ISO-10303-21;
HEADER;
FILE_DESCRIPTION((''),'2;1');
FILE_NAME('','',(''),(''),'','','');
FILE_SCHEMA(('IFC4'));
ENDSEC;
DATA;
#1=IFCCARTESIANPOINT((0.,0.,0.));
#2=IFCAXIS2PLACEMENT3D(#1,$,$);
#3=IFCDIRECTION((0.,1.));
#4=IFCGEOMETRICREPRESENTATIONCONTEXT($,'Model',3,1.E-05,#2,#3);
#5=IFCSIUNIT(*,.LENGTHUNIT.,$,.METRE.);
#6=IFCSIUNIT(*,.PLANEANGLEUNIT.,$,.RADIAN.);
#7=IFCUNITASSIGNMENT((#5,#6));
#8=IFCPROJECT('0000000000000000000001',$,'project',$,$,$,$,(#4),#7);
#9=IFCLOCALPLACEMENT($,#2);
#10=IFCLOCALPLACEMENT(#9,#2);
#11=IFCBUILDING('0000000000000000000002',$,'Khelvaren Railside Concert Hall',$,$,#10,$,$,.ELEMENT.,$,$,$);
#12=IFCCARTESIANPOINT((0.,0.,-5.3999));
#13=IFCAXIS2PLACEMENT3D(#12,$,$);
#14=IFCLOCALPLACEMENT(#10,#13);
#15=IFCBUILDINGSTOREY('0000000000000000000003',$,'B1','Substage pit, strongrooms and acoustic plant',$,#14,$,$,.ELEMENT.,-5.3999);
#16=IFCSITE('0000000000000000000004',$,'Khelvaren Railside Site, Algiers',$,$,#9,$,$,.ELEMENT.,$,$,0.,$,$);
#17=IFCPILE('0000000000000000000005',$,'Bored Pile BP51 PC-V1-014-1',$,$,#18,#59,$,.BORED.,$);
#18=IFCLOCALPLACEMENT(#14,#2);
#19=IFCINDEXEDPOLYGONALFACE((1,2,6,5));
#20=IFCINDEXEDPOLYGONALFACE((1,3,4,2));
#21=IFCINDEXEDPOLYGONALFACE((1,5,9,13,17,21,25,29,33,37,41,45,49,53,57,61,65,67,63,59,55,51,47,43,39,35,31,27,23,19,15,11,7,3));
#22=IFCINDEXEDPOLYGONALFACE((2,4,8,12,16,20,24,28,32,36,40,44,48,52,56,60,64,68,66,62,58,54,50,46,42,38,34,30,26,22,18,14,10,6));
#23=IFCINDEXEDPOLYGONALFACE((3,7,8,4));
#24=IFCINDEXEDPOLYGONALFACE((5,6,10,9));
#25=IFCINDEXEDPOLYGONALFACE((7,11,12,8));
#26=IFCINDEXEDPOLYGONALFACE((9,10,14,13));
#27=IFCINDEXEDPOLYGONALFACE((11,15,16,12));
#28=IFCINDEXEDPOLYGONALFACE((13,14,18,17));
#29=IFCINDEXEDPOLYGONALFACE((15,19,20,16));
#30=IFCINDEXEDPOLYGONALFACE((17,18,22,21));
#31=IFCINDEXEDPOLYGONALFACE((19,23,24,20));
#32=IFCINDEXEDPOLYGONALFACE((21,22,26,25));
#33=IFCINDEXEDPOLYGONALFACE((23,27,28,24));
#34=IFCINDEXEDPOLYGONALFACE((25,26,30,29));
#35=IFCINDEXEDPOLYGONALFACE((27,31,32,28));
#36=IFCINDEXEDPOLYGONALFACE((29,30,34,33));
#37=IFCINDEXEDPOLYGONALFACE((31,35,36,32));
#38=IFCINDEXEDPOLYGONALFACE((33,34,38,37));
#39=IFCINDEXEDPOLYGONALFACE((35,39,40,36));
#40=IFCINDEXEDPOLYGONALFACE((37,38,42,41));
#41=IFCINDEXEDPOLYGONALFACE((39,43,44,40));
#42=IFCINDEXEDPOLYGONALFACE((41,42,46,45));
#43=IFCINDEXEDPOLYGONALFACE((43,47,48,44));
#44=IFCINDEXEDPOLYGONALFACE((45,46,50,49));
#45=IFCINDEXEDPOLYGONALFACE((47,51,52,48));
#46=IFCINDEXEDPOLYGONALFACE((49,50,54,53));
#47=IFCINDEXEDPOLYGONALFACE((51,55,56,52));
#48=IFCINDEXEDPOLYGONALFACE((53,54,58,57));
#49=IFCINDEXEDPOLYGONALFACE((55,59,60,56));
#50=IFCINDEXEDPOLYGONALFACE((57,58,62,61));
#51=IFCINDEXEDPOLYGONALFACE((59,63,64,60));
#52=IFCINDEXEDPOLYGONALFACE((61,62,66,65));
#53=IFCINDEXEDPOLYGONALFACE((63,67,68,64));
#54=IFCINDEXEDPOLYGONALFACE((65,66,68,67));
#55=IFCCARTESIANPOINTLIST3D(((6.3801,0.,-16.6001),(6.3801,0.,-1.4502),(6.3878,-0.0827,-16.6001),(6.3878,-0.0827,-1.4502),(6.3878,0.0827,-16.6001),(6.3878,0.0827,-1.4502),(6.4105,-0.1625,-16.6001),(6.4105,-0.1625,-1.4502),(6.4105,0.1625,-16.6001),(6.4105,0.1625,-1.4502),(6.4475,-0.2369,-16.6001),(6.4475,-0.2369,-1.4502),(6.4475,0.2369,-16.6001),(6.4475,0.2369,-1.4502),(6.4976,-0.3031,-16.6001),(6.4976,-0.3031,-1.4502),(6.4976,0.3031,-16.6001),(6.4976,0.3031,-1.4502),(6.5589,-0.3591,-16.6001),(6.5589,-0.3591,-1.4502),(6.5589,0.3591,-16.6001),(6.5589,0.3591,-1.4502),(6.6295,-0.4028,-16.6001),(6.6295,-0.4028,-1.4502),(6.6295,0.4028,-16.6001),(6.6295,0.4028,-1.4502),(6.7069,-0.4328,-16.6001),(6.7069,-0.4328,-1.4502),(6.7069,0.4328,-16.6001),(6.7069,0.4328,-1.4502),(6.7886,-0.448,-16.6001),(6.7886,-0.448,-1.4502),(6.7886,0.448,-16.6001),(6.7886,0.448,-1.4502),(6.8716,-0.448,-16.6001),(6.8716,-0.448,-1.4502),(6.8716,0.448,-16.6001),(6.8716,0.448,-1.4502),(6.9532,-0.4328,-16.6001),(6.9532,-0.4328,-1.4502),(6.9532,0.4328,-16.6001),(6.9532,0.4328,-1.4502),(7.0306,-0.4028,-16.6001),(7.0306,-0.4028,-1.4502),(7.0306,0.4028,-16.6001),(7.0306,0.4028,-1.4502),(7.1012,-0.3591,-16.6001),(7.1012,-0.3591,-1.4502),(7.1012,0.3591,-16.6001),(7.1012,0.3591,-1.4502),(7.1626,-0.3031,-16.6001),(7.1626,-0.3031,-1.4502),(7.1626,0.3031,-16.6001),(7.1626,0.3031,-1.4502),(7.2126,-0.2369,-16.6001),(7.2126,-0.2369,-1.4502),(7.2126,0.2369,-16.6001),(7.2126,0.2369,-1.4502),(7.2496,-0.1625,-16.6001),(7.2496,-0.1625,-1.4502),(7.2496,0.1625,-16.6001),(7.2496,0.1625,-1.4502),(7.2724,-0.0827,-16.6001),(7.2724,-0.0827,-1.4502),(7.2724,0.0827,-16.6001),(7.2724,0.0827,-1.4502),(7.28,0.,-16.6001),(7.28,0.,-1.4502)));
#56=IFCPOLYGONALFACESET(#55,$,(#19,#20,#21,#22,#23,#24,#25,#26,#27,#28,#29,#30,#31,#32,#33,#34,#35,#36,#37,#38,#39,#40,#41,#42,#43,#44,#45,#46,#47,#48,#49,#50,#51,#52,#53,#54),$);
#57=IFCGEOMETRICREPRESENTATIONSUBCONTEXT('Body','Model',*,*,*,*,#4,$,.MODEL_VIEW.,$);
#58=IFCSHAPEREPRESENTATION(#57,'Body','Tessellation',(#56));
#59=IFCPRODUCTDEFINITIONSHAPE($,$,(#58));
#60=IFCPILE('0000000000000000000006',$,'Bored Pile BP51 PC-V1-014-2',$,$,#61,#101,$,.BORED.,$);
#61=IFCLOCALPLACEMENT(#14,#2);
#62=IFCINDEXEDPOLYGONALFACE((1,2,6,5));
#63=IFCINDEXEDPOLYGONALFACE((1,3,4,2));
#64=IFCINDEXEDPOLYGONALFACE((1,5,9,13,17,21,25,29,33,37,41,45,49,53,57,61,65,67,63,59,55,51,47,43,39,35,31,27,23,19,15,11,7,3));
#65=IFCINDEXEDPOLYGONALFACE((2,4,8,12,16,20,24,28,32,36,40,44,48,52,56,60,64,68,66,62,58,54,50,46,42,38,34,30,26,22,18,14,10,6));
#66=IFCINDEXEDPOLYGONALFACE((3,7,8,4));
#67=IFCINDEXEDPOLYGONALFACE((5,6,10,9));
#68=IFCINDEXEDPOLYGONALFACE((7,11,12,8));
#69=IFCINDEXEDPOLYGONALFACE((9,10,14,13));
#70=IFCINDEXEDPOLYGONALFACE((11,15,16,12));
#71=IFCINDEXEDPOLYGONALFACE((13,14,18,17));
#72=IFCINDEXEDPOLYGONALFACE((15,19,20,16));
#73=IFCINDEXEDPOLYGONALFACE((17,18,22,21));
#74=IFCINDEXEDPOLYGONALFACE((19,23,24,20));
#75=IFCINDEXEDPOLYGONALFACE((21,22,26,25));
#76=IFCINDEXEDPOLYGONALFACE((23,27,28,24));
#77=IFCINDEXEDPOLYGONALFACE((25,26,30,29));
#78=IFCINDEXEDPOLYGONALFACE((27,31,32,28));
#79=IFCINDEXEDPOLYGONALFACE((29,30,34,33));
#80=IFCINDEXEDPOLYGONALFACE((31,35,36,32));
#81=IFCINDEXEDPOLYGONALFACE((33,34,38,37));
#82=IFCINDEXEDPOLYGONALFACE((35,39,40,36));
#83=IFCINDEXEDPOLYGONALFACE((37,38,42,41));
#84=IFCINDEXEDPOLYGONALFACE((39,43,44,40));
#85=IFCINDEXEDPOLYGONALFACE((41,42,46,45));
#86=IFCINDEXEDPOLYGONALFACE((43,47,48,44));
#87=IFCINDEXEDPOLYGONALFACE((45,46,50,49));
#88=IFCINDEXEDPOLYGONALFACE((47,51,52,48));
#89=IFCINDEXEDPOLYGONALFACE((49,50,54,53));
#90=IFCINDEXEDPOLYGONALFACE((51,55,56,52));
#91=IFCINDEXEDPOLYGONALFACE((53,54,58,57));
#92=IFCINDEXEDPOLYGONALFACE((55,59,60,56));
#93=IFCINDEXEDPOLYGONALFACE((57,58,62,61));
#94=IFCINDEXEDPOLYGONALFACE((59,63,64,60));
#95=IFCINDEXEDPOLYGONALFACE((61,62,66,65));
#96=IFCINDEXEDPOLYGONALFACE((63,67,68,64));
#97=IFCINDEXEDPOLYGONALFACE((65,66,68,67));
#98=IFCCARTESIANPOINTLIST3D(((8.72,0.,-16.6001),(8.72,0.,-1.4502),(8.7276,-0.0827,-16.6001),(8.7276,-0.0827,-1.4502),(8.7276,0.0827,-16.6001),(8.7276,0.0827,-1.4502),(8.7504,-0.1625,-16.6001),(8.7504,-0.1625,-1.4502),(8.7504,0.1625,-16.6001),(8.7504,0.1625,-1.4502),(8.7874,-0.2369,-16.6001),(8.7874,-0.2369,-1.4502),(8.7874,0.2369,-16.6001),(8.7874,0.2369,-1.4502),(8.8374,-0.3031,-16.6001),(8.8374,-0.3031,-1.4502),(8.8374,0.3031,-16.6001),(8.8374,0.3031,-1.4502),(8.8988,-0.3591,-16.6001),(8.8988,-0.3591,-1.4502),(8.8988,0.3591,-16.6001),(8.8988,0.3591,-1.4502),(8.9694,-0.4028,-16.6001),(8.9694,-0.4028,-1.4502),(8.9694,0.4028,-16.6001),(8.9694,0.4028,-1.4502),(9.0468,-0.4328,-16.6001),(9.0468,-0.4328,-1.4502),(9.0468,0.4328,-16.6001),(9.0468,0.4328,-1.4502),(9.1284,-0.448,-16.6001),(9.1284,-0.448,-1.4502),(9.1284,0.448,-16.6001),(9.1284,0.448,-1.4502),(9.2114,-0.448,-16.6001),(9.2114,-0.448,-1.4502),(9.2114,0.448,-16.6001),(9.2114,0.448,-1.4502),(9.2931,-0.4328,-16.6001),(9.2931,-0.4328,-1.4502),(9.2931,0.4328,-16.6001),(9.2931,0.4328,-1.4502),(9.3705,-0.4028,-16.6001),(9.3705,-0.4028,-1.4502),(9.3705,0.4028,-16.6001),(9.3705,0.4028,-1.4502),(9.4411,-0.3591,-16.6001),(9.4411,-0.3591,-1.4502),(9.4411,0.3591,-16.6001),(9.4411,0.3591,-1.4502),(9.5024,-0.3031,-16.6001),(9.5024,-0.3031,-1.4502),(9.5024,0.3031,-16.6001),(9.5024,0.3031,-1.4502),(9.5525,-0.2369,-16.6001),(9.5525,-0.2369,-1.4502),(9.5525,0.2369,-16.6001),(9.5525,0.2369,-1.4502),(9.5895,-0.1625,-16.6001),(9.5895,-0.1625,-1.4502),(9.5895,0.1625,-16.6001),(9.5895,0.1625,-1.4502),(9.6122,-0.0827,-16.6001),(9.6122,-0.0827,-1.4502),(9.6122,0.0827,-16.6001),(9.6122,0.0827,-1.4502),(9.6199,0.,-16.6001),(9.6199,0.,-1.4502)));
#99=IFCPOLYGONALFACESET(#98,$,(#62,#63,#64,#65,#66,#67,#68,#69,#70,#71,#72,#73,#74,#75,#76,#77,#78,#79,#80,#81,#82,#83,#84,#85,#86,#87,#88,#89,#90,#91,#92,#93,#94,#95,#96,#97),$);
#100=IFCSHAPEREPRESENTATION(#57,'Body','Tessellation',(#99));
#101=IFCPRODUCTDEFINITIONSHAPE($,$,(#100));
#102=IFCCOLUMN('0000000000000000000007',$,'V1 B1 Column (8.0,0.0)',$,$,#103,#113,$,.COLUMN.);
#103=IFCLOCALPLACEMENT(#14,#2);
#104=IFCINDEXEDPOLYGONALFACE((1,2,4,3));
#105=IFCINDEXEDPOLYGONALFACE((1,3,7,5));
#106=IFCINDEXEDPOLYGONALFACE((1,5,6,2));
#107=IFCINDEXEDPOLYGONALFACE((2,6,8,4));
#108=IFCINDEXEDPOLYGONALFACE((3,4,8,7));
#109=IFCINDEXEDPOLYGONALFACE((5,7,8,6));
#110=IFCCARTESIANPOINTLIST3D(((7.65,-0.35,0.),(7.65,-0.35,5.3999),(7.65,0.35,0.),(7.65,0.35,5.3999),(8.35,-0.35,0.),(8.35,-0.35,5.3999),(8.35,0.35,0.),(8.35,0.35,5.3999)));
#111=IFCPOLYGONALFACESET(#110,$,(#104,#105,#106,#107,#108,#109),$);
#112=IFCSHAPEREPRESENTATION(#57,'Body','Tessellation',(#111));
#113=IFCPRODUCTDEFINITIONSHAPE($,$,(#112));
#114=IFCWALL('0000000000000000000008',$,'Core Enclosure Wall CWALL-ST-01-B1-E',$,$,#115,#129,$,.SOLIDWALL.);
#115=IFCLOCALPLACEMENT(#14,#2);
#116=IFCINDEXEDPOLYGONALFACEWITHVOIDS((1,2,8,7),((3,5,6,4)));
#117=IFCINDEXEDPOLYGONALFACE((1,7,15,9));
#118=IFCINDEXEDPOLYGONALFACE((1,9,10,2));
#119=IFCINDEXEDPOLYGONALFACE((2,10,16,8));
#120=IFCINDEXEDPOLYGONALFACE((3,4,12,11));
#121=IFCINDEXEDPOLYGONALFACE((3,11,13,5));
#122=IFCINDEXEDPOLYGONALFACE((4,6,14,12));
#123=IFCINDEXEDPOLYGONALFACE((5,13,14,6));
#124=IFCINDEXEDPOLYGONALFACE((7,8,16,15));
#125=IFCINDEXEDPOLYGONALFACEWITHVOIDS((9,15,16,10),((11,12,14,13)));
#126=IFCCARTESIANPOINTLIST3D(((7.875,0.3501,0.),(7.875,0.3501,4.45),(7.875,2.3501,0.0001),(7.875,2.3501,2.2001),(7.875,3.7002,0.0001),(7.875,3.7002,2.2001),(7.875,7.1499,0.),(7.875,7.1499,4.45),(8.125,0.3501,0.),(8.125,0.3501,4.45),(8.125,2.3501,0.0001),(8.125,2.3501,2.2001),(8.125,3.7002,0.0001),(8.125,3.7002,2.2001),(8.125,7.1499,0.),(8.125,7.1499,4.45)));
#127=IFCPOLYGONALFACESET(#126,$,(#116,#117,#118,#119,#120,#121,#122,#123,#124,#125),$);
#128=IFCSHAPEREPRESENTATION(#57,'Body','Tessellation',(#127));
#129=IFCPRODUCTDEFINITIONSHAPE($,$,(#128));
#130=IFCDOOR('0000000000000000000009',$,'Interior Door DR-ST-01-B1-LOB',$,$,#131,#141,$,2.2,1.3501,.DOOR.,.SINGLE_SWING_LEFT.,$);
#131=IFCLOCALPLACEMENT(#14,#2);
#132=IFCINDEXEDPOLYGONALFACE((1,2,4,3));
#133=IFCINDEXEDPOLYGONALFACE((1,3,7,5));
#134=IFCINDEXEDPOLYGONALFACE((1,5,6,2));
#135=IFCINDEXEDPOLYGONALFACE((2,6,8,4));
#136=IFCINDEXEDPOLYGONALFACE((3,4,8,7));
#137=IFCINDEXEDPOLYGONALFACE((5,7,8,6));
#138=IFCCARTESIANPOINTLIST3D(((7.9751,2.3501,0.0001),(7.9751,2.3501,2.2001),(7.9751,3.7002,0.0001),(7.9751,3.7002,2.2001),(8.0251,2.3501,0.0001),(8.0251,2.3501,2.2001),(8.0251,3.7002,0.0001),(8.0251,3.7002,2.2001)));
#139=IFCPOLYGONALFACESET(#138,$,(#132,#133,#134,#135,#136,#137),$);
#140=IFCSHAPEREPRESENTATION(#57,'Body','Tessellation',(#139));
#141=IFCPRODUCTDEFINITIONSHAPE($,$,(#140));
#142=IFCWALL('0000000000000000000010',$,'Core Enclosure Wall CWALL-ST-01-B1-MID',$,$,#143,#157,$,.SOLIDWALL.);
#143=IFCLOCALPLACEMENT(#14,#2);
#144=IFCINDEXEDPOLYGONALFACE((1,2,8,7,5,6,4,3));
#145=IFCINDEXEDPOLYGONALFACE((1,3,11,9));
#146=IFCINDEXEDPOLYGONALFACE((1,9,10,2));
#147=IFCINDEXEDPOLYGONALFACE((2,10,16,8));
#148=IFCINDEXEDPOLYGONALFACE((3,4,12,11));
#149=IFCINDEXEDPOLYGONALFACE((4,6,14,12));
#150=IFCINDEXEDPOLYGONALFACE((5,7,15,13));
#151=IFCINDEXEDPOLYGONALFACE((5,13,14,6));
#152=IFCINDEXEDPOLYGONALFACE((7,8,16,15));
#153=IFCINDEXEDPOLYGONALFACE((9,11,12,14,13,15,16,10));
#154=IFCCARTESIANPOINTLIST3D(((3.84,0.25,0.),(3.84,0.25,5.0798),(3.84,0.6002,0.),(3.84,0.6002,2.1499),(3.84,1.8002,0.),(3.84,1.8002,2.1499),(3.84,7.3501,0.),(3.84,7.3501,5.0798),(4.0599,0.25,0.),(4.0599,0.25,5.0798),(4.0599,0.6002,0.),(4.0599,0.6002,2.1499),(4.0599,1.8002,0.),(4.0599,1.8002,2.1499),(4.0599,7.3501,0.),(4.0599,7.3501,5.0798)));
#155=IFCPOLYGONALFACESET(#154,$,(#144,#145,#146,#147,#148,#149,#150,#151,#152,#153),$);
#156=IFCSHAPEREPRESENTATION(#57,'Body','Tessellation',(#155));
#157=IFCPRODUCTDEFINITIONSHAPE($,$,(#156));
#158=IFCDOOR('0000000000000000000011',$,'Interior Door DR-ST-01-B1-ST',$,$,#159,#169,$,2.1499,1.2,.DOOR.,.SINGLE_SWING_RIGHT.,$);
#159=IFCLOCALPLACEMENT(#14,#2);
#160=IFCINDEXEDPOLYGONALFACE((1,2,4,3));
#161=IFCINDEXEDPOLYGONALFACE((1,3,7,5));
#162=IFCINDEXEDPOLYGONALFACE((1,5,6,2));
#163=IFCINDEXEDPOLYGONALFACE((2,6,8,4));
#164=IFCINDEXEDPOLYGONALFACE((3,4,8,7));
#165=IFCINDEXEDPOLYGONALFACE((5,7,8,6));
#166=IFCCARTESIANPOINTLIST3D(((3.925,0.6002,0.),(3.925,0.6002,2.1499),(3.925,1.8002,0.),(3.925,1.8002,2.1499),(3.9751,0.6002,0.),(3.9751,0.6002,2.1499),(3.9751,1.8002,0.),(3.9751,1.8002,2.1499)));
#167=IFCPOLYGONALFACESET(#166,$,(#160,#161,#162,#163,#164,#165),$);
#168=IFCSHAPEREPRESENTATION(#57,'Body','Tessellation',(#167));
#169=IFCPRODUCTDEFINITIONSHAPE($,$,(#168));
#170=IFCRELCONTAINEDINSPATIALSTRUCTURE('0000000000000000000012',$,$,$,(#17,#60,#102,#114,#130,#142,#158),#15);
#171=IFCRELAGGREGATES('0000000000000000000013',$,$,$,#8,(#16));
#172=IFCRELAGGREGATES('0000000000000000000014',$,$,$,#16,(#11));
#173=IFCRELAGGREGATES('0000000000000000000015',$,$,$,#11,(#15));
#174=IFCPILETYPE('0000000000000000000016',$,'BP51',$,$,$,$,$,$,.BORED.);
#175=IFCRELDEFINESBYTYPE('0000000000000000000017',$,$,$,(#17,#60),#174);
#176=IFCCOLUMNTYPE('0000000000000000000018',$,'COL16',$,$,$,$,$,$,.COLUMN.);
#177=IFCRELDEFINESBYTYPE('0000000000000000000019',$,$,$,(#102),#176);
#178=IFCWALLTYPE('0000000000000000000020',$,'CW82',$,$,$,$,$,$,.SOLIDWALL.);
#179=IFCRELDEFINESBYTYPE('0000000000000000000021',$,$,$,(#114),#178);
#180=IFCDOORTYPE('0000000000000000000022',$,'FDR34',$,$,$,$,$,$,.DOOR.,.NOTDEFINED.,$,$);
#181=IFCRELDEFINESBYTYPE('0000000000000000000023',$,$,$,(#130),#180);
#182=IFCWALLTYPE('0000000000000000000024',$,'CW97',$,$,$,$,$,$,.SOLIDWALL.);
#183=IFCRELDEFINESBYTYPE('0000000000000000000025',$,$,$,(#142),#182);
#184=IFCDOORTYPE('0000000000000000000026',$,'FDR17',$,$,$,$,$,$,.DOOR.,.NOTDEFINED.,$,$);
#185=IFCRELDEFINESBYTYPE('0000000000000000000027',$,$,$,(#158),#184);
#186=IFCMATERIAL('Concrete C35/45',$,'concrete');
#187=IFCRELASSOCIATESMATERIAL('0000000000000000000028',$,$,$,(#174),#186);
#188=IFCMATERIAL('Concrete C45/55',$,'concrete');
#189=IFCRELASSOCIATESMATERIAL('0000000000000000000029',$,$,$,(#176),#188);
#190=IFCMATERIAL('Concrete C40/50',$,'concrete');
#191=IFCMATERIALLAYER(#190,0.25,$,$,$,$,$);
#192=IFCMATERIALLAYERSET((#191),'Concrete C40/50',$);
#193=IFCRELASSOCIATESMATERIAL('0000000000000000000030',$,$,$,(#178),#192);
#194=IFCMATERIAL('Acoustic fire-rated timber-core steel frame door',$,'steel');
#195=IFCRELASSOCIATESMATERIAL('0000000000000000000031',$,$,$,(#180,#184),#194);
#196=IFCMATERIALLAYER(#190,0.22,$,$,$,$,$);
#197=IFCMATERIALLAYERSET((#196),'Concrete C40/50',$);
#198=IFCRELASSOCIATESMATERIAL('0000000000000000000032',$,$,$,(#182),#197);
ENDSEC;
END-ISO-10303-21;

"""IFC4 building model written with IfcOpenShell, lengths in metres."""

from ifc_helpers import new_model, si_unit, direction, frame, frame_2d, origin, origin_2d, place, context, subcontext, project, spatial, rectangle, circle, extrude, material, layer, layer_set, material_profile, profile_set, type_object, element, fill, save


model = new_model("IFC4")

# Units and contexts
model_context = context("Model", 3, precision=1e-05, world=origin(), true_north=direction((0.0, 1.0)))
body_context = subcontext(model_context, "Body", "Model", "MODEL_VIEW")
ifc_project = project(units=[si_unit("LENGTHUNIT", "METRE"), si_unit("PLANEANGLEUNIT", "RADIAN")], contexts=[model_context])

# Site, building, storey
site_placement = place(None, origin())
site = spatial("IfcSite", under=ifc_project, at=site_placement, Name="Khelvaren Railside Site, Algiers", CompositionType="ELEMENT", RefElevation=0.0)
building_placement = place(site_placement, origin())
building = spatial("IfcBuilding", under=site, at=building_placement, Name="Khelvaren Railside Concert Hall", CompositionType="ELEMENT")
storey_placement = place(building_placement, frame((0.0, 0.0, -5.3999)))
storey = spatial("IfcBuildingStorey", under=building, at=storey_placement, Name="B1", Description="Substage pit, strongrooms and acoustic plant", CompositionType="ELEMENT", Elevation=-5.3999)

# Piles
ifc_material_1 = material(Name="Concrete C35/45", Category="concrete")
ifc_material_profile_1 = material_profile(ifc_material_1, circle(Radius=0.45, at=origin_2d()), Name="BP D900")
ifc_profile_set_1 = profile_set([ifc_material_profile_1], Name="Concrete C35/45")
pile_type = type_object("IfcPileType", Name="BP51", PredefinedType="BORED", material=ifc_profile_set_1)
for number, where, z_axis, x_axis, name in (
    (1, (6.8301, 0.0, -1.4502), (0.0, 0.0, -1.0), (1.0, 0.0, 0.0), "Bored Pile BP51 PC-V1-014-1"),
    (2, (9.1699, 0.0, -1.4502), (0.0, 0.0, -1.0), (1.0, 0.0, 0.0), "Bored Pile BP51 PC-V1-014-2"),
):
    element("IfcPile", number, at=place(storey_placement, frame(where, z_axis=z_axis, x_axis=x_axis)), inside=storey, type_object=pile_type, Name=name, PredefinedType="BORED", context=body_context, shape_type="SweptSolid", body=[
        extrude(circle(Radius=0.45, at=origin_2d()), origin(), (0.0, 0.0, 1.0), 15.1499),
    ])

# Column
ifc_material_2 = material(Name="Concrete C45/55", Category="concrete")
ifc_material_profile_2 = material_profile(ifc_material_2, rectangle(XDim=0.7, YDim=0.7, at=origin_2d()), Name="RC 700x700")
ifc_profile_set_2 = profile_set([ifc_material_profile_2], Name="Concrete C45/55")
column_type = type_object("IfcColumnType", Name="COL16", PredefinedType="COLUMN", material=ifc_profile_set_2)
column_placement = place(storey_placement, frame((8.0, 0.0, 0.0), z_axis=(0.0, 0.0, 1.0), x_axis=(1.0, 0.0, 0.0)))
element("IfcColumn", 3, at=column_placement, inside=storey, type_object=column_type, Name="V1 B1 Column (8.0,0.0)", PredefinedType="COLUMN", context=body_context, shape_type="SweptSolid", body=[
    extrude(rectangle(XDim=0.7, YDim=0.7, at=origin_2d()), origin(), (0.0, 0.0, 1.0), 5.3999),
])

# Walls, openings, doors
ifc_material_3 = material(Name="Concrete C40/50", Category="concrete")
ifc_layer_1 = layer(ifc_material_3, 0.25)
ifc_layer_set_1 = layer_set([ifc_layer_1], Name="Concrete C40/50")
wall_type_1 = type_object("IfcWallType", Name="CW82", PredefinedType="SOLIDWALL", material=ifc_layer_set_1)
wall_1_placement = place(storey_placement, frame((8.0, 0.3501, 0.0), z_axis=(0.0, 0.0, 1.0), x_axis=(0.0, 1.0, 0.0)))
wall_1 = element("IfcWall", 4, at=wall_1_placement, inside=storey, type_object=wall_type_1, Name="Core Enclosure Wall CWALL-ST-01-B1-E", PredefinedType="SOLIDWALL", context=body_context, shape_type="SweptSolid", body=[
    extrude(rectangle(XDim=6.7998, YDim=0.25, at=frame_2d((3.3999, 0.0))), origin(), (0.0, 0.0, 1.0), 4.45),
])
opening_1_placement = place(wall_1_placement, frame((2.0, 0.0, 0.0)))
opening_1 = element("IfcOpeningElement", 5, at=opening_1_placement, cuts=wall_1, PredefinedType="OPENING", context=body_context, shape_type="SweptSolid", body=[
    extrude(rectangle(XDim=1.3501, YDim=2.2, at=frame_2d((0.675, 1.1001))), frame((0.0, 0.135, 0.0), z_axis=(0.0, -1.0, 0.0), x_axis=(1.0, 0.0, 0.0)), (0.0, 0.0, 1.0), 0.27),
])
ifc_material_4 = material(Name="Acoustic fire-rated timber-core steel frame door", Category="steel")
door_type_1 = type_object("IfcDoorType", Name="FDR34", OperationType="NOTDEFINED", PredefinedType="DOOR", material=ifc_material_4)
door_1_placement = place(opening_1_placement, origin())
door_1 = element("IfcDoor", 6, at=door_1_placement, inside=storey, type_object=door_type_1, Name="Interior Door DR-ST-01-B1-LOB", OperationType="SINGLE_SWING_LEFT", OverallHeight=2.2, OverallWidth=1.3501, PredefinedType="DOOR", context=body_context, shape_type="SweptSolid", body=[
    extrude(rectangle(XDim=1.3501, YDim=2.2, at=frame_2d((0.675, 1.1001))), frame((0.0, 0.0249, 0.0), z_axis=(0.0, -1.0, 0.0), x_axis=(1.0, 0.0, 0.0)), (0.0, 0.0, 1.0), 0.05),
])
fill(opening_1, door_1)
ifc_layer_2 = layer(ifc_material_3, 0.22)
ifc_layer_set_2 = layer_set([ifc_layer_2], Name="Concrete C40/50")
wall_type_2 = type_object("IfcWallType", Name="CW97", PredefinedType="SOLIDWALL", material=ifc_layer_set_2)
wall_2_placement = place(storey_placement, frame((3.95, 0.25, 0.0), z_axis=(0.0, 0.0, 1.0), x_axis=(0.0, 1.0, 0.0)))
wall_2 = element("IfcWall", 7, at=wall_2_placement, inside=storey, type_object=wall_type_2, Name="Core Enclosure Wall CWALL-ST-01-B1-MID", PredefinedType="SOLIDWALL", context=body_context, shape_type="SweptSolid", body=[
    extrude(rectangle(XDim=7.1001, YDim=0.22, at=frame_2d((3.55, 0.0))), origin(), (0.0, 0.0, 1.0), 5.0798),
])
opening_2_placement = place(wall_2_placement, frame((0.3501, 0.0, 0.0)))
opening_2 = element("IfcOpeningElement", 8, at=opening_2_placement, cuts=wall_2, PredefinedType="OPENING", context=body_context, shape_type="SweptSolid", body=[
    extrude(rectangle(XDim=1.2, YDim=2.1499, at=frame_2d((0.6001, 1.075))), frame((0.0, 0.1199, 0.0), z_axis=(0.0, -1.0, 0.0), x_axis=(1.0, 0.0, 0.0)), (0.0, 0.0, 1.0), 0.24),
])
door_type_2 = type_object("IfcDoorType", Name="FDR17", OperationType="NOTDEFINED", PredefinedType="DOOR", material=ifc_material_4)
door_2_placement = place(opening_2_placement, origin())
door_2 = element("IfcDoor", 9, at=door_2_placement, inside=storey, type_object=door_type_2, Name="Interior Door DR-ST-01-B1-ST", OperationType="SINGLE_SWING_RIGHT", OverallHeight=2.1499, OverallWidth=1.2, PredefinedType="DOOR", context=body_context, shape_type="SweptSolid", body=[
    extrude(rectangle(XDim=1.2, YDim=2.1499, at=frame_2d((0.6001, 1.075))), frame((0.0, 0.0249, 0.0), z_axis=(0.0, -1.0, 0.0), x_axis=(1.0, 0.0, 0.0)), (0.0, 0.0, 1.0), 0.05),
])
fill(opening_2, door_2)

save(model, "model.ifc")
